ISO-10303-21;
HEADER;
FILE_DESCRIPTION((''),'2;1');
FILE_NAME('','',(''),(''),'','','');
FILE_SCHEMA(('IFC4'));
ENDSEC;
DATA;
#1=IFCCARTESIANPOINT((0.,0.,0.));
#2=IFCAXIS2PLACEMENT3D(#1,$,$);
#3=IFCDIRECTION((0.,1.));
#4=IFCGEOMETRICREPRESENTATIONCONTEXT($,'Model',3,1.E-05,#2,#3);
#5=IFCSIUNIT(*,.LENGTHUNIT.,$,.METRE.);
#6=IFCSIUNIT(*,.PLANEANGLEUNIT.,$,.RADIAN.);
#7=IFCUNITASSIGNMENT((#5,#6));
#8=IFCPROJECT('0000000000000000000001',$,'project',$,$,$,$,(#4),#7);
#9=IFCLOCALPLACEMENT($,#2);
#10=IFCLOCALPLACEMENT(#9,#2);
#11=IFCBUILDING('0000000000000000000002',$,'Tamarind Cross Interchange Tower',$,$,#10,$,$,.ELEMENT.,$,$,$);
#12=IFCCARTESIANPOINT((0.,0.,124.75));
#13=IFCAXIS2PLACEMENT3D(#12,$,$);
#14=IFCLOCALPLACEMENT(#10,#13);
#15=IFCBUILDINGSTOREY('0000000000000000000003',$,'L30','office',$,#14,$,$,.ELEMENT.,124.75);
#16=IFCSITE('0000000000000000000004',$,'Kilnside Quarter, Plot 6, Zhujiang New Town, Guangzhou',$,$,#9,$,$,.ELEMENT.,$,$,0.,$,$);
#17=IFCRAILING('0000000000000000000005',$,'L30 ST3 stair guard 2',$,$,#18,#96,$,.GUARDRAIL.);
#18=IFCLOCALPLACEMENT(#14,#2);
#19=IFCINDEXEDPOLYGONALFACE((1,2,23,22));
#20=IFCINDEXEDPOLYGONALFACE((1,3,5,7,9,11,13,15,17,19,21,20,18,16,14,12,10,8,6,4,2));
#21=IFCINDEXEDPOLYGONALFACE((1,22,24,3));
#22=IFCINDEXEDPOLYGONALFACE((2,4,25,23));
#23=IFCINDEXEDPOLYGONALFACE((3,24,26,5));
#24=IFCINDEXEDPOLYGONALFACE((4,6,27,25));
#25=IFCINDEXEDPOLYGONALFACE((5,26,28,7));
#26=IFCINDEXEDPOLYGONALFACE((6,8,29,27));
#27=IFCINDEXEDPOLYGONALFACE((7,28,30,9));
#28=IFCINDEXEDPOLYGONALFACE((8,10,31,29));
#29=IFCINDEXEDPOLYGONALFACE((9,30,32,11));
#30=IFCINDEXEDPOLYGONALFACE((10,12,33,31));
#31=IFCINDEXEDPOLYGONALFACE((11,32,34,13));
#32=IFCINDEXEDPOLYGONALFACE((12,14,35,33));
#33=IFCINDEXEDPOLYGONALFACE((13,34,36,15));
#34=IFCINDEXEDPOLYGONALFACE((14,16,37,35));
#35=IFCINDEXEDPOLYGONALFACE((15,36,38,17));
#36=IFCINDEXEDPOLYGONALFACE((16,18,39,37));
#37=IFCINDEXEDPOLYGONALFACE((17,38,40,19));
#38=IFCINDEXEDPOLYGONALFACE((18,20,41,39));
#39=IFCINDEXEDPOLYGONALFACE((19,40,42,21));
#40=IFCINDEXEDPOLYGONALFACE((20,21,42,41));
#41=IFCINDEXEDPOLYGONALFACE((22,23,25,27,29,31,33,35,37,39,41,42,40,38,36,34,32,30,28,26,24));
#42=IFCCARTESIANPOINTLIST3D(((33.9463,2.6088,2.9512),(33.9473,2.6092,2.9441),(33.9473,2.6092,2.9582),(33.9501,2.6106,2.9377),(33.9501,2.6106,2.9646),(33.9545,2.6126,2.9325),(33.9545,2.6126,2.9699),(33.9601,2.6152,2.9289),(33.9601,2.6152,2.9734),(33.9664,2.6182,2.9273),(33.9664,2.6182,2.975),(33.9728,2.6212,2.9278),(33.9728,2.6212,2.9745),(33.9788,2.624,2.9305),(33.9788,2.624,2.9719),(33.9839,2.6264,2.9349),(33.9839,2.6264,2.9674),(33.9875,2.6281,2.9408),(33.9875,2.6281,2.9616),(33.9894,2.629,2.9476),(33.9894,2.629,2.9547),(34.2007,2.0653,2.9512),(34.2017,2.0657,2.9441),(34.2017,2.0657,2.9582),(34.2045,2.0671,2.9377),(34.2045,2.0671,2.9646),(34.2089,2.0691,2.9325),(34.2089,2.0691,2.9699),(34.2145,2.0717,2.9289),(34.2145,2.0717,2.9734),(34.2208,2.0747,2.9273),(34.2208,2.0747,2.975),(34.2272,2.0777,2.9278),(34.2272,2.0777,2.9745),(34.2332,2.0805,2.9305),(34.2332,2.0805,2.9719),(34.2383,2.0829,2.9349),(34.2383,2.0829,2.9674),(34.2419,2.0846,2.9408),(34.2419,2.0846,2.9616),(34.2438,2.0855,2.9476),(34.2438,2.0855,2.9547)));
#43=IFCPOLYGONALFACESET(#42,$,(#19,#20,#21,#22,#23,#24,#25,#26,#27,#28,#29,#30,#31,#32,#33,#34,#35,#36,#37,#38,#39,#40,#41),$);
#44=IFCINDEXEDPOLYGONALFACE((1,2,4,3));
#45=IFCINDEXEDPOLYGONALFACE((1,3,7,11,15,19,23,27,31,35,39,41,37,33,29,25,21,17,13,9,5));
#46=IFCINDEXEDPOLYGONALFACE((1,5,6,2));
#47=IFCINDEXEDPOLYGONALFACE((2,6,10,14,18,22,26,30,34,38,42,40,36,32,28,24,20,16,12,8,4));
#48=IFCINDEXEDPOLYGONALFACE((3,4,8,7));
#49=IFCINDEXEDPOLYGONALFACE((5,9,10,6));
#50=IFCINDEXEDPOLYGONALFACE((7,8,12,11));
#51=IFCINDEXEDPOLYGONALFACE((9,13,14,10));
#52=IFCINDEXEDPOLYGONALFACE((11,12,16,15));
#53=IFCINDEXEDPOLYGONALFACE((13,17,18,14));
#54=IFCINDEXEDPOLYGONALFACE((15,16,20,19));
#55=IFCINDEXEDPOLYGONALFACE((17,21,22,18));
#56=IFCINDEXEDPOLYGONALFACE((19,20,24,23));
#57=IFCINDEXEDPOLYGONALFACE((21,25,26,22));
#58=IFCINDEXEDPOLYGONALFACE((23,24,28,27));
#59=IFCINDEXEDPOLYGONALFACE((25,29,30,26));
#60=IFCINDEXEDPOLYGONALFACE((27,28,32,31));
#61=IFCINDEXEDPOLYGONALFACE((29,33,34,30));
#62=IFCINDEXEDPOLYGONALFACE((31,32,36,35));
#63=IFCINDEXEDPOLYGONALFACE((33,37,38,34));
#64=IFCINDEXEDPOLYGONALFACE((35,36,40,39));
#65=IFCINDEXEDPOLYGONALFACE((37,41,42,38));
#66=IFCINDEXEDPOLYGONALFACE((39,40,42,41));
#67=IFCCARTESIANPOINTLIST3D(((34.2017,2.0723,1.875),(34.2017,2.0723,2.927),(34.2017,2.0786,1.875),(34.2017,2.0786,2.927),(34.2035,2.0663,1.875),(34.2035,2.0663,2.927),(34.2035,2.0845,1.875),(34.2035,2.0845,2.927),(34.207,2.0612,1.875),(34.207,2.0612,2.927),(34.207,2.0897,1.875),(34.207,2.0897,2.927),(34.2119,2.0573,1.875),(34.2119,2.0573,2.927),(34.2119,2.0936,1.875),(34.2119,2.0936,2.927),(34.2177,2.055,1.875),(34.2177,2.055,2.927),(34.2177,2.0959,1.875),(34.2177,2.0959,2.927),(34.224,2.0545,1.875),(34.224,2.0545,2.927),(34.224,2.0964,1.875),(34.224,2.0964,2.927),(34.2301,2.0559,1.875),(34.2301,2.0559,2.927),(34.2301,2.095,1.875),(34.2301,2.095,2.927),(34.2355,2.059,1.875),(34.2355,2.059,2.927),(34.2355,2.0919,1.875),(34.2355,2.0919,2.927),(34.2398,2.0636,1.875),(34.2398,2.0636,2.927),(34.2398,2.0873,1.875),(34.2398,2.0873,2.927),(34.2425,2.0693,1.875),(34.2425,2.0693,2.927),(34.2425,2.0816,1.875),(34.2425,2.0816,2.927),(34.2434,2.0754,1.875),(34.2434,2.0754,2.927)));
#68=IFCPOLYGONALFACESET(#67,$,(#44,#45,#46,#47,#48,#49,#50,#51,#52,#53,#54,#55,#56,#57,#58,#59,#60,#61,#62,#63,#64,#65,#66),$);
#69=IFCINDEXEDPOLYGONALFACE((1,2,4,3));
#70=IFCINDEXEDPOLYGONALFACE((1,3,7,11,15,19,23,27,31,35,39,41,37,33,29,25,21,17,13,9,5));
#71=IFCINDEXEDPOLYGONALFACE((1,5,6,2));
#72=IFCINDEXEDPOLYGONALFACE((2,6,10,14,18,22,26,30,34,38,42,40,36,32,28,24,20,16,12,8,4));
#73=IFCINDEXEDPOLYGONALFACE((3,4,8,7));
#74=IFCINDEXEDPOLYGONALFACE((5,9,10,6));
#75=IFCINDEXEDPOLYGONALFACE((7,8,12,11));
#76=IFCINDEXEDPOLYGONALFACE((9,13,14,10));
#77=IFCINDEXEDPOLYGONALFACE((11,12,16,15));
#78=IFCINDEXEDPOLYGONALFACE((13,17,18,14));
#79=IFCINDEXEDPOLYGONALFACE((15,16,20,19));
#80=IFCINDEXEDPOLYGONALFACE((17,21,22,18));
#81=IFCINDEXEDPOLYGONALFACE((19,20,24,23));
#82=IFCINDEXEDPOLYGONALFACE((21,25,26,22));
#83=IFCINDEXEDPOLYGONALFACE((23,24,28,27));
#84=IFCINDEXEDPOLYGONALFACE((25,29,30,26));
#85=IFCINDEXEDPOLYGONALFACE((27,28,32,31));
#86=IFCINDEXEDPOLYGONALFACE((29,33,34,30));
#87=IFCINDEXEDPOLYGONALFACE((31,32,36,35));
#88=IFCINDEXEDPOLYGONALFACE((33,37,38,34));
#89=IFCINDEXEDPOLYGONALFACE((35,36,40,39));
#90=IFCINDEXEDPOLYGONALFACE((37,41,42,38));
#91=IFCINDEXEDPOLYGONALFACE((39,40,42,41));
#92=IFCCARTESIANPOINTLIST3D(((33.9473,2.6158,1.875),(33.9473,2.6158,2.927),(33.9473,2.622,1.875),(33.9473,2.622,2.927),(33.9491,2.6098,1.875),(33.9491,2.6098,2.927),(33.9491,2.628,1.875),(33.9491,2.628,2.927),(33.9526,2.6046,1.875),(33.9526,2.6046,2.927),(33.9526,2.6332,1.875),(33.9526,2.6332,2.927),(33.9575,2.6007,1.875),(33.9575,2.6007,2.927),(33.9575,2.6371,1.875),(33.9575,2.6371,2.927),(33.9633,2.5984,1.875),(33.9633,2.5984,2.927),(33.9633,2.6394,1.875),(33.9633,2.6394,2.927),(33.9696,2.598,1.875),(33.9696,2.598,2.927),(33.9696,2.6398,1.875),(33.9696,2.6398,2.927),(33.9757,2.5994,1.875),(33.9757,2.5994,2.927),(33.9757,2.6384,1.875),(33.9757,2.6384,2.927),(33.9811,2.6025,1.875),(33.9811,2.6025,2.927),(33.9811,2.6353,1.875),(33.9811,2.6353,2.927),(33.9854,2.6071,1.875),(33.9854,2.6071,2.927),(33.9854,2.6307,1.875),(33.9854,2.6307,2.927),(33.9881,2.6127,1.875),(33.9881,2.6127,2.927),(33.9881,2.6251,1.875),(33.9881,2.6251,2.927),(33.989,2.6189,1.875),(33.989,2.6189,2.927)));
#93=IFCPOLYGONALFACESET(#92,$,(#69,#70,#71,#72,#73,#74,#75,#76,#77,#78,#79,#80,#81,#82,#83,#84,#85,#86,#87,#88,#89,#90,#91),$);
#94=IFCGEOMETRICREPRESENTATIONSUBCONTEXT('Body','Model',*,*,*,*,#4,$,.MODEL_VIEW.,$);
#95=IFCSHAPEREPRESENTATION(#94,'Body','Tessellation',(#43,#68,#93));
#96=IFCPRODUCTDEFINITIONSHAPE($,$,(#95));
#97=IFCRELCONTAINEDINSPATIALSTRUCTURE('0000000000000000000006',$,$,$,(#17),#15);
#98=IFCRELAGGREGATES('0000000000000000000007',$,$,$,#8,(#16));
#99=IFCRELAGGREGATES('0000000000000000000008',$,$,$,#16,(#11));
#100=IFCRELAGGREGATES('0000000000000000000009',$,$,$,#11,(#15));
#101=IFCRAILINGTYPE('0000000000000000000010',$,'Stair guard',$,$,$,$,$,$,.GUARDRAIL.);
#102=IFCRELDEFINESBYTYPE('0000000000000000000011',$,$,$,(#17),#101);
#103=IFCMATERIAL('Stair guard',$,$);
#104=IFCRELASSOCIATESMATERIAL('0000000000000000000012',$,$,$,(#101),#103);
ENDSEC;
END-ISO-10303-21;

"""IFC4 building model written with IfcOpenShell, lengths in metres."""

from ifc_helpers import new_model, si_unit, direction, frame, origin, origin_2d, place, context, subcontext, project, spatial, circle, extrude, material, type_object, element, save


model = new_model("IFC4")

# Units and contexts
model_context = context("Model", 3, precision=1e-05, world=origin(), true_north=direction((0.0, 1.0)))
body_context = subcontext(model_context, "Body", "Model", "MODEL_VIEW")
ifc_project = project(units=[si_unit("LENGTHUNIT", "METRE"), si_unit("PLANEANGLEUNIT", "RADIAN")], contexts=[model_context])

# Site, building, storey
site_placement = place(None, origin())
site = spatial("IfcSite", under=ifc_project, at=site_placement, Name="Kilnside Quarter, Plot 6, Zhujiang New Town, Guangzhou", CompositionType="ELEMENT", RefElevation=0.0)
building_placement = place(site_placement, origin())
building = spatial("IfcBuilding", under=site, at=building_placement, Name="Tamarind Cross Interchange Tower", CompositionType="ELEMENT")
storey_placement = place(building_placement, frame((0.0, 0.0, 124.75)))
storey = spatial("IfcBuildingStorey", under=building, at=storey_placement, Name="L30", Description="office", CompositionType="ELEMENT", Elevation=124.75)

# Railing
ifc_material_1 = material(Name="Stair guard")
railing_type_1 = type_object("IfcRailingType", Name="Stair guard", PredefinedType="GUARDRAIL", material=ifc_material_1)
railing_1_placement = place(storey_placement, frame((34.2224, 2.0754, 1.875)))
element("IfcRailing", 1, at=railing_1_placement, inside=storey, type_object=railing_type_1, Name="L30 ST3 stair guard 2", PredefinedType="GUARDRAIL", context=body_context, shape_type="SweptSolid", body=[
    extrude(circle(Radius=0.0239, at=origin_2d()), frame((0.0, 0.0, 1.0762), z_axis=(-0.423954, 0.905684, 0.0), x_axis=(-0.905684, -0.423954, 0.0)), (0.0, 0.0, 1.0), 0.6001),
    extrude(circle(Radius=0.021, at=origin_2d()), origin(), (0.0, 0.0, 1.0), 1.052),
    extrude(circle(Radius=0.021, at=origin_2d()), frame((-0.2544, 0.5435, 0.0)), (0.0, 0.0, 1.0), 1.052),
])

save(model, "model.ifc")
